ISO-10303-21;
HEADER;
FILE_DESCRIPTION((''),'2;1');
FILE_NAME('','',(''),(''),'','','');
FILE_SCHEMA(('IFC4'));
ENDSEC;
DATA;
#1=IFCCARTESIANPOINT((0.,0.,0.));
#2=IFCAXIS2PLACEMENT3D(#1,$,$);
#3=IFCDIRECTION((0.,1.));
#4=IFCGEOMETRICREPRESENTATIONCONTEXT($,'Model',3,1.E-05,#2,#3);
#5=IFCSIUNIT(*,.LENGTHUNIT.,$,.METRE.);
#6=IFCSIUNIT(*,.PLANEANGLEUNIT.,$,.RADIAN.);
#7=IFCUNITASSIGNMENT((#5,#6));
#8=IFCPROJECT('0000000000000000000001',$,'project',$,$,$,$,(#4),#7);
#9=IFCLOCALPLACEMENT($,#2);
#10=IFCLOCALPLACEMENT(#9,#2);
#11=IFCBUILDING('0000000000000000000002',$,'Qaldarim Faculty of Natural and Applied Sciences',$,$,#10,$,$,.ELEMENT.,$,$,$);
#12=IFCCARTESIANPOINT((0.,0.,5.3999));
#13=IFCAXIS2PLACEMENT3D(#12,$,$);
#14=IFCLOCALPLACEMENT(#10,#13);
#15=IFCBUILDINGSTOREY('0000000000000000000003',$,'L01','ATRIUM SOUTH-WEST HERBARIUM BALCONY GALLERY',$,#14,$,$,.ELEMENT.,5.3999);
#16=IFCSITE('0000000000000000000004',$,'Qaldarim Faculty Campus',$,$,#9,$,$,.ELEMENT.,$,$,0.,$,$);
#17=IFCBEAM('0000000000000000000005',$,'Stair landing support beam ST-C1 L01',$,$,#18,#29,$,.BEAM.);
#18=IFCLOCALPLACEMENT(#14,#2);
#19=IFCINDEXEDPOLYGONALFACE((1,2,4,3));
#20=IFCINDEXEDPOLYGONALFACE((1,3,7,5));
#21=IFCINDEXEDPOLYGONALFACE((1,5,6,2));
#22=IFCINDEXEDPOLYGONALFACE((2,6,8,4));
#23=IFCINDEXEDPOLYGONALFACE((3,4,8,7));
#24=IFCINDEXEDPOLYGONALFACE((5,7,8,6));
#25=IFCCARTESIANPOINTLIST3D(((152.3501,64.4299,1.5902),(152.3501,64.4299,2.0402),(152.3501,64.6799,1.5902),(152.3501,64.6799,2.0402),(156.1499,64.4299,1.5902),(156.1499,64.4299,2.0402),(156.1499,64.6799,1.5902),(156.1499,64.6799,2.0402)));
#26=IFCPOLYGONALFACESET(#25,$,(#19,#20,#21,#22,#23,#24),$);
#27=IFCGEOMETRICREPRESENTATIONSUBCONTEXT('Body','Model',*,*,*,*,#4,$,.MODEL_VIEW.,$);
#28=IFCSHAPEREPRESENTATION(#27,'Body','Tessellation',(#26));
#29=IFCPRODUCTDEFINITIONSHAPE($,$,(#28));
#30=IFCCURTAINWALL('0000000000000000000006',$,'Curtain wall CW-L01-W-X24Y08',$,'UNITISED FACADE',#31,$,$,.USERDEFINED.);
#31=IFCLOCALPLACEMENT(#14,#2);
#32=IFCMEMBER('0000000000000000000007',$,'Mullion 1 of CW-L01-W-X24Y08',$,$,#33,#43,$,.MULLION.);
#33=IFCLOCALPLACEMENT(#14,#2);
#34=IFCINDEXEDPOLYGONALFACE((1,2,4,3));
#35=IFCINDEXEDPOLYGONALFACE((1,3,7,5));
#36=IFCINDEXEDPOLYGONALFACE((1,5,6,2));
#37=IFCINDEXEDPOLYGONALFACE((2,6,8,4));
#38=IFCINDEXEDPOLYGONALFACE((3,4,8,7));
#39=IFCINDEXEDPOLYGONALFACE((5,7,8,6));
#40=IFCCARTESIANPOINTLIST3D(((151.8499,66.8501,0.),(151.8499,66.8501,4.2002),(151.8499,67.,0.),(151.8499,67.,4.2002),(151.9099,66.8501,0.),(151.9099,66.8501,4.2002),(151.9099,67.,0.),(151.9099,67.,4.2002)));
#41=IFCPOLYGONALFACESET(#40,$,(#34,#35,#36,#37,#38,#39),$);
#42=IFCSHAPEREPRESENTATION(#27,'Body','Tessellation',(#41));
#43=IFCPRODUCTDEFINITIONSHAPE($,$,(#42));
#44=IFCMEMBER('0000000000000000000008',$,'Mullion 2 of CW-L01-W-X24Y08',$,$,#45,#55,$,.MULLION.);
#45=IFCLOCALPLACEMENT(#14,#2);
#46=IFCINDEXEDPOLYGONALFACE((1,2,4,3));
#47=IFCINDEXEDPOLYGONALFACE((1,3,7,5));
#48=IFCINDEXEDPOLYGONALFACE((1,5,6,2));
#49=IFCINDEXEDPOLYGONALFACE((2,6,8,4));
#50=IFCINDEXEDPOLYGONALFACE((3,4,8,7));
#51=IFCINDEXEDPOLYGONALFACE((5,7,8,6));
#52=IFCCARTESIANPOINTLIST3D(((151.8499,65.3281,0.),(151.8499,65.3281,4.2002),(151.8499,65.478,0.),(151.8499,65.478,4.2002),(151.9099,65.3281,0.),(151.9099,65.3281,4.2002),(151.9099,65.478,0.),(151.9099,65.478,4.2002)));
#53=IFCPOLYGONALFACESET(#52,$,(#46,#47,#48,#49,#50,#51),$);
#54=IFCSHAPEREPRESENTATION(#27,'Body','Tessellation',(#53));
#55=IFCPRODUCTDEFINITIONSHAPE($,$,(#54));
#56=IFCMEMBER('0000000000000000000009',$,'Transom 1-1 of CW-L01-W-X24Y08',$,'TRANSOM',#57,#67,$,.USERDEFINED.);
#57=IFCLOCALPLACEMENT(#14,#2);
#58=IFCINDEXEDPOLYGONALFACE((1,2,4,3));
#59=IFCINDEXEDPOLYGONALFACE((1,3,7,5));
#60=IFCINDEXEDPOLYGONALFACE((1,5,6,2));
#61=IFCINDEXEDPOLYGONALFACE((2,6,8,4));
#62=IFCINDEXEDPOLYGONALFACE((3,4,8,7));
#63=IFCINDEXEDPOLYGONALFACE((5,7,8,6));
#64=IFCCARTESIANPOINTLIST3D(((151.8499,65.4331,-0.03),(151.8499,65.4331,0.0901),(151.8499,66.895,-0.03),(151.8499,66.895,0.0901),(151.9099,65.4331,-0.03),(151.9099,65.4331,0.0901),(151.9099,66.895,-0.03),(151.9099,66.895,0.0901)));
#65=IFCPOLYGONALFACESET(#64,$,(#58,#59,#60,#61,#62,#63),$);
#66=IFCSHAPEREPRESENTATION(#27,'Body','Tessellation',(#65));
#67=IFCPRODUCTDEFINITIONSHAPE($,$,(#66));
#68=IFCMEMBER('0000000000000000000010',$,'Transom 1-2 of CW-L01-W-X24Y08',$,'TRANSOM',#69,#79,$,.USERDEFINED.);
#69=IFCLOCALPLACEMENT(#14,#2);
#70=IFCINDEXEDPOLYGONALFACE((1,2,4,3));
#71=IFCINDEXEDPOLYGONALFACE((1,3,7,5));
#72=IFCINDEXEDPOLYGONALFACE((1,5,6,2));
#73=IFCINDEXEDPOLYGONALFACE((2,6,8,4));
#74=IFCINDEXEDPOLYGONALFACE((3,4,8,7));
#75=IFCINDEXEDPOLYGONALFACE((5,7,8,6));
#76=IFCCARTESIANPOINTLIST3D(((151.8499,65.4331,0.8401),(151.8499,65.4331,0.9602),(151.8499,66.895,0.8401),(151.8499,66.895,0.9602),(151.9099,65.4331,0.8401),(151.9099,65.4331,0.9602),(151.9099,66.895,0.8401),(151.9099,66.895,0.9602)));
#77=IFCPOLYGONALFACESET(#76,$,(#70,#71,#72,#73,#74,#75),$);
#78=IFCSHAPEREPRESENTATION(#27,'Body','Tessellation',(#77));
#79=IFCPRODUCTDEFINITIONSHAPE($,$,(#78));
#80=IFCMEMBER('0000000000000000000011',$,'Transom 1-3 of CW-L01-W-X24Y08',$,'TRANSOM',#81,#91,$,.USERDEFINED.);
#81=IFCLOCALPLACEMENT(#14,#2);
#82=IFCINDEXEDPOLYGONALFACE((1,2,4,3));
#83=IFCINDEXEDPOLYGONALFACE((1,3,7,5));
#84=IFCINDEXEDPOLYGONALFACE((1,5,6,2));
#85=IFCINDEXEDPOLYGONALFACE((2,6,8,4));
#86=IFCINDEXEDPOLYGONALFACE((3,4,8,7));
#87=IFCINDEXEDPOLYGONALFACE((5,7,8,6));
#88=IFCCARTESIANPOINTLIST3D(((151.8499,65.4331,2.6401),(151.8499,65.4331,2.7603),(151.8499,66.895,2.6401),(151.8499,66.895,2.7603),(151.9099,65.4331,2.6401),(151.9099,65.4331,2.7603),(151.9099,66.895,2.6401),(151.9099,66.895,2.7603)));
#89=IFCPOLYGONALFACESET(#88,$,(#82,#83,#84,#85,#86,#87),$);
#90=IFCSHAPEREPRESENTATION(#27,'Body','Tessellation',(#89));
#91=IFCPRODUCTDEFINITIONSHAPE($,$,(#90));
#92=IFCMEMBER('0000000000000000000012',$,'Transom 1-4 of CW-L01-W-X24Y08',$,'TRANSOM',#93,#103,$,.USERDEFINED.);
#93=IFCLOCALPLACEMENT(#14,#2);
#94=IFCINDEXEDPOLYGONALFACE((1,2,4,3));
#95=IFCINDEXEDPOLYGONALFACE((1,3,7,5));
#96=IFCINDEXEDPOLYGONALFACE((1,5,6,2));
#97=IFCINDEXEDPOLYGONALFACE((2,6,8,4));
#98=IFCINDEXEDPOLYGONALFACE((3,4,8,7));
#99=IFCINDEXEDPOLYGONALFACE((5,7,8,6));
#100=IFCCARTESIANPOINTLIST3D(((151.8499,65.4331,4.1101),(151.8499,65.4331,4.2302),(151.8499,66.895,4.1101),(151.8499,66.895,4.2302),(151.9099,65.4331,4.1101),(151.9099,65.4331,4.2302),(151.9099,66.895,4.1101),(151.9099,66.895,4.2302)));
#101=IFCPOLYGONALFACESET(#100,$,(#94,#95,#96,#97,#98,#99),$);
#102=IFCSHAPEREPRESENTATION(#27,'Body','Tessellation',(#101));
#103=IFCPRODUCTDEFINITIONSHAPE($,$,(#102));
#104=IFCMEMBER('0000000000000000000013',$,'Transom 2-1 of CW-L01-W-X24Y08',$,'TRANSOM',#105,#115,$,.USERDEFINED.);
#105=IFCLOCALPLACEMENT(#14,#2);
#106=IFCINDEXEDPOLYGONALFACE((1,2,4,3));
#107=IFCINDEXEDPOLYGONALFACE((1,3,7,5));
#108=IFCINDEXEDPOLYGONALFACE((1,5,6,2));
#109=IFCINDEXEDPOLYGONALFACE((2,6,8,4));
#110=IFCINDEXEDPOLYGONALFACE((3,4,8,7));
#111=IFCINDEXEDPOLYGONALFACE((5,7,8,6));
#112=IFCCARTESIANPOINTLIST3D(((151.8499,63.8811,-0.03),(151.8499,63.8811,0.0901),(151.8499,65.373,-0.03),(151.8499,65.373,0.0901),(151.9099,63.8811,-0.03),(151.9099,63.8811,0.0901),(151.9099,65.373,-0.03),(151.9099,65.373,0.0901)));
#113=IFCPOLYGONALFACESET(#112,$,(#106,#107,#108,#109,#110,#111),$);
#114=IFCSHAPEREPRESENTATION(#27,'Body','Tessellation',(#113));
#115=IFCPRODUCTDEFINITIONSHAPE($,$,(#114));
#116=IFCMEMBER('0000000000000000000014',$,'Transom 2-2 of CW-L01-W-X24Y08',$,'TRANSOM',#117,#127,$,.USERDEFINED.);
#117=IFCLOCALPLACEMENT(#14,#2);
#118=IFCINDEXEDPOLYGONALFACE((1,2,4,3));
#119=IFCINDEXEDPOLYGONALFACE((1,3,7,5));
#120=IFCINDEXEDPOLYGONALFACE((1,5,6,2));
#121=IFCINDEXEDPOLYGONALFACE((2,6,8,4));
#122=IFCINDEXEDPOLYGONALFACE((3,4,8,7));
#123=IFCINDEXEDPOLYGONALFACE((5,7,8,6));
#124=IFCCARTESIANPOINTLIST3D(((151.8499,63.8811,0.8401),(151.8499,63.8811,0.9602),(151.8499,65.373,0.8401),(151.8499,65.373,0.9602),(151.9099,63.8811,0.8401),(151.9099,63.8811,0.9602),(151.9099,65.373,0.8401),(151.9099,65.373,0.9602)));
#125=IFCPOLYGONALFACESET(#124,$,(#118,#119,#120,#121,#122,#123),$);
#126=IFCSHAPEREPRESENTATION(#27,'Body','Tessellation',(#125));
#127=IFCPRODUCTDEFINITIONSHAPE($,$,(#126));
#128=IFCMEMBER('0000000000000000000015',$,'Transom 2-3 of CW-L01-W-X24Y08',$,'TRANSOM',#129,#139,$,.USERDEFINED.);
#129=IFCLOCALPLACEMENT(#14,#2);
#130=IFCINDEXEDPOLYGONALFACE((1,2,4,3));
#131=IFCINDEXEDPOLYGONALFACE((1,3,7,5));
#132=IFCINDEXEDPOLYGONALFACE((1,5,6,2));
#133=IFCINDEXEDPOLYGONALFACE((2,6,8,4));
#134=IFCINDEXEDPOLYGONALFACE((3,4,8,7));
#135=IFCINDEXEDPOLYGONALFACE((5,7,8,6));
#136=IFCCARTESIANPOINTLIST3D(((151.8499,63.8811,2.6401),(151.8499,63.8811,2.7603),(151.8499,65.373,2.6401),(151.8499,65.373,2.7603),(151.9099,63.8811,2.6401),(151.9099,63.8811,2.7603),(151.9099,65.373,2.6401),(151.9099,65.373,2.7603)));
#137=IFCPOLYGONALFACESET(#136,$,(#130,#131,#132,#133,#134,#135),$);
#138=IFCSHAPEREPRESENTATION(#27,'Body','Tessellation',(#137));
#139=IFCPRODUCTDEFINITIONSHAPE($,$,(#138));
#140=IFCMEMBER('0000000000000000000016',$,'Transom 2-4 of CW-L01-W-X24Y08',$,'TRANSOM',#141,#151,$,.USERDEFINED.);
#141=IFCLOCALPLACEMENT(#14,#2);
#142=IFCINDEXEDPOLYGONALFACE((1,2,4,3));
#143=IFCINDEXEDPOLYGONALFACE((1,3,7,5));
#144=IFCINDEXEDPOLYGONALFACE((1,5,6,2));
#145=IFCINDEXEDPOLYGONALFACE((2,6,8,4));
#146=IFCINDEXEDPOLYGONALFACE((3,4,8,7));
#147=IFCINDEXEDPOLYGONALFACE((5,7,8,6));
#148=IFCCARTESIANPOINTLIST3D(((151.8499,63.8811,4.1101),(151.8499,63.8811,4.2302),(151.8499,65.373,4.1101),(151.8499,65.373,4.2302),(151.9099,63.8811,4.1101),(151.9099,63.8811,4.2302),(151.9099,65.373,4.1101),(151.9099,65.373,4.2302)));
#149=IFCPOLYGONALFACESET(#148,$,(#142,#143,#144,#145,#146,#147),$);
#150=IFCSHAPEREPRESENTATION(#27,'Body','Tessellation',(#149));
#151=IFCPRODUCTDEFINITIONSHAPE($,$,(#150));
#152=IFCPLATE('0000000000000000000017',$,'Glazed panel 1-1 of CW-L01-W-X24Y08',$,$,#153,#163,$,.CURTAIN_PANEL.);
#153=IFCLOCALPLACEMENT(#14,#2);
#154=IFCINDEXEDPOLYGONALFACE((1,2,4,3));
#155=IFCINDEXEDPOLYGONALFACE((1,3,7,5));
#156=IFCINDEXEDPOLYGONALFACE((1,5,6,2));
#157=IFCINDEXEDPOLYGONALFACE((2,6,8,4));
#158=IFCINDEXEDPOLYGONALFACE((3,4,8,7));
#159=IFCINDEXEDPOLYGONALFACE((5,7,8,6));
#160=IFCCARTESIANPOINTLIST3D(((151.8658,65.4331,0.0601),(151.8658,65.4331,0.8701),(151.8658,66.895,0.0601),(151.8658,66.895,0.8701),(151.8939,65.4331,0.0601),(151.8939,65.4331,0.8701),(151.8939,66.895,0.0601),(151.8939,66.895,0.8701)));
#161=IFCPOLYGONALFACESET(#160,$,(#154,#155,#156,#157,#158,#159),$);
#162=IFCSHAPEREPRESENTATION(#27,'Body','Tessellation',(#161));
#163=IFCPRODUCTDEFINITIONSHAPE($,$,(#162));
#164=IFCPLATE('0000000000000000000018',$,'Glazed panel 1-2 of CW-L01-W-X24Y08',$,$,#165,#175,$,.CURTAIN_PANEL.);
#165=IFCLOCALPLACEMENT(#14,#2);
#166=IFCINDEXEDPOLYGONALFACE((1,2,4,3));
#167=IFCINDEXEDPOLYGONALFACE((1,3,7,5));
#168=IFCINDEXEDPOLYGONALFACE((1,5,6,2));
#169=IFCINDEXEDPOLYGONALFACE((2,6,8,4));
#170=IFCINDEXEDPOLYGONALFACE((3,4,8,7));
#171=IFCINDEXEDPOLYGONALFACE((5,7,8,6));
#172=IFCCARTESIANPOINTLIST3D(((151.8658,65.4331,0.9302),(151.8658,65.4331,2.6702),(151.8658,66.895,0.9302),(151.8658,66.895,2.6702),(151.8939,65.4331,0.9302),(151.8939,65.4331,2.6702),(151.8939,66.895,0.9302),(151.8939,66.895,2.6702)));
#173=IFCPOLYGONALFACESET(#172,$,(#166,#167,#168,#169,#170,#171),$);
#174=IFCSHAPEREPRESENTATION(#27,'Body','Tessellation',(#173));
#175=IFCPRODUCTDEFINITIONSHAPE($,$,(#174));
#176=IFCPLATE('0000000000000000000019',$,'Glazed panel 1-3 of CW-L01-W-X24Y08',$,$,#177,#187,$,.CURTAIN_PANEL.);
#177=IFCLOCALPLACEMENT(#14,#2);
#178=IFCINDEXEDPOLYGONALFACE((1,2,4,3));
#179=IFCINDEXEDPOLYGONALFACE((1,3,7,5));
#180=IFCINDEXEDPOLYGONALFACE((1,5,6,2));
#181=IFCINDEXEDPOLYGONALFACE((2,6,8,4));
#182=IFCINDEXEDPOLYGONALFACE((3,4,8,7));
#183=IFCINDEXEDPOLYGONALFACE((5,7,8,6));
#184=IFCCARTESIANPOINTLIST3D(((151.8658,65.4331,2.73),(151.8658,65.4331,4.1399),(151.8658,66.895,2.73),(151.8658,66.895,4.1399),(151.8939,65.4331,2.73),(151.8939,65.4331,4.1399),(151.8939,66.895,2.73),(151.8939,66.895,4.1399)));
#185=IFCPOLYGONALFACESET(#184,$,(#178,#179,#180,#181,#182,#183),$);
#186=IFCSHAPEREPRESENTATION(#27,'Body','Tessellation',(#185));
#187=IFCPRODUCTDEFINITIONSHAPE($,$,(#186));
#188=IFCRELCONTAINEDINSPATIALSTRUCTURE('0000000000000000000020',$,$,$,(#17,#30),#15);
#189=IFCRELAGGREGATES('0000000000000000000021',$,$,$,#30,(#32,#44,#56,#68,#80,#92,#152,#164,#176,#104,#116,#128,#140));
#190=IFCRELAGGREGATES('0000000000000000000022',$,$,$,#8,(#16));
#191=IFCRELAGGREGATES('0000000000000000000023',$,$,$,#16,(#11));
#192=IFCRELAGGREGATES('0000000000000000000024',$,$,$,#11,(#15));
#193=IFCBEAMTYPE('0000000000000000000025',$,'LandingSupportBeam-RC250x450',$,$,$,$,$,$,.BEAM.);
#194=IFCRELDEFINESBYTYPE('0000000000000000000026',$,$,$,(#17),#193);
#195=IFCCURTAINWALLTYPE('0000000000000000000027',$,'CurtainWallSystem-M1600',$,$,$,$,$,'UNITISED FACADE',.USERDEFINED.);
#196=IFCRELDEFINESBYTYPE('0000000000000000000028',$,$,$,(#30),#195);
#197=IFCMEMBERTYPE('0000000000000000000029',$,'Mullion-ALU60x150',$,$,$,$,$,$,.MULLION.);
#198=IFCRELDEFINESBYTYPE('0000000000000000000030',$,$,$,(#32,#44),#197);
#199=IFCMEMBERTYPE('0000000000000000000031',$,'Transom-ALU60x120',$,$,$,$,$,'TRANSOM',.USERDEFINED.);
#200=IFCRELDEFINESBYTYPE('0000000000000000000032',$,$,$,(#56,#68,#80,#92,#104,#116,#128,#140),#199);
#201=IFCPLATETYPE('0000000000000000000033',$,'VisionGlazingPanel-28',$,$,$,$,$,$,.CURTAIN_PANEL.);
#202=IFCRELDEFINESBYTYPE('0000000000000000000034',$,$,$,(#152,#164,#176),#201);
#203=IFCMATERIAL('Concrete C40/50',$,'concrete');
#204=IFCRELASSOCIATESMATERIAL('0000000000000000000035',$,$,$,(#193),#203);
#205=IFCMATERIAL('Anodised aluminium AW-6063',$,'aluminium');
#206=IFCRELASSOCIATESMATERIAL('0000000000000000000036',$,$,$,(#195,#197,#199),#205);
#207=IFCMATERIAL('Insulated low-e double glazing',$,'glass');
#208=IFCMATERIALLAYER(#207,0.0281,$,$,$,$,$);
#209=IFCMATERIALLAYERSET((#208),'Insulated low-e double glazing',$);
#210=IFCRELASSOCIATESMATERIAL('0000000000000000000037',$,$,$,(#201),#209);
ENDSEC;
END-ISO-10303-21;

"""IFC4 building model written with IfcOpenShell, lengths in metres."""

from ifc_helpers import new_model, si_unit, direction, frame, origin, origin_2d, place, context, subcontext, project, spatial, rectangle, extrude, material, layer, layer_set, material_profile, profile_set, type_object, element, aggregate, save


model = new_model("IFC4")

# Units and contexts
model_context = context("Model", 3, precision=1e-05, world=origin(), true_north=direction((0.0, 1.0)))
body_context = subcontext(model_context, "Body", "Model", "MODEL_VIEW")
ifc_project = project(units=[si_unit("LENGTHUNIT", "METRE"), si_unit("PLANEANGLEUNIT", "RADIAN")], contexts=[model_context])

# Site, building, storey
site_placement = place(None, origin())
site = spatial("IfcSite", under=ifc_project, at=site_placement, Name="Qaldarim Faculty Campus", CompositionType="ELEMENT", RefElevation=0.0)
building_placement = place(site_placement, origin())
building = spatial("IfcBuilding", under=site, at=building_placement, Name="Qaldarim Faculty of Natural and Applied Sciences", CompositionType="ELEMENT")
storey_placement = place(building_placement, frame((0.0, 0.0, 5.3999)))
storey = spatial("IfcBuildingStorey", under=building, at=storey_placement, Name="L01", Description="ATRIUM SOUTH-WEST HERBARIUM BALCONY GALLERY", CompositionType="ELEMENT", Elevation=5.3999)

# Beam
ifc_material_1 = material(Name="Concrete C40/50", Category="concrete")
ifc_material_profile_1 = material_profile(ifc_material_1, rectangle(XDim=0.25, YDim=0.45, at=origin_2d()), Name="RC-LN250x450")
ifc_profile_set_1 = profile_set([ifc_material_profile_1], Name="Concrete C40/50")
beam_type = type_object("IfcBeamType", Name="LandingSupportBeam-RC250x450", PredefinedType="BEAM", material=ifc_profile_set_1)
beam_placement = place(storey_placement, frame((152.3501, 64.5549, 1.8152), z_axis=(1.0, 0.0, 0.0), x_axis=(0.0, 1.0, 0.0)))
element("IfcBeam", 1, at=beam_placement, inside=storey, type_object=beam_type, Name="Stair landing support beam ST-C1 L01", PredefinedType="BEAM", context=body_context, shape_type="SweptSolid", body=[
    extrude(rectangle(XDim=0.25, YDim=0.45, at=origin_2d()), origin(), (0.0, 0.0, 1.0), 3.7998),
])

# Curtain wall, members, plates
ifc_material_2 = material(Name="Anodised aluminium AW-6063", Category="aluminium")
curtain_wall_type = type_object("IfcCurtainWallType", Name="CurtainWallSystem-M1600", ElementType="UNITISED FACADE", PredefinedType="USERDEFINED", material=ifc_material_2)
curtain_wall_placement = place(storey_placement, origin())
curtain_wall = element("IfcCurtainWall", 2, at=curtain_wall_placement, inside=storey, type_object=curtain_wall_type, Name="Curtain wall CW-L01-W-X24Y08", ObjectType="UNITISED FACADE", PredefinedType="USERDEFINED")
ifc_material_profile_2 = material_profile(ifc_material_2, rectangle(XDim=0.0601, YDim=0.1499, at=origin_2d()), Name="ALU-M60x150")
ifc_profile_set_2 = profile_set([ifc_material_profile_2], Name="Anodised aluminium AW-6063")
member_type_1 = type_object("IfcMemberType", Name="Mullion-ALU60x150", PredefinedType="MULLION", material=ifc_profile_set_2)
member_1_placement = place(storey_placement, frame((151.8799, 66.925, 0.0), z_axis=(0.0, 0.0, 1.0), x_axis=(1.0, 0.0, 0.0)))
member_1 = element("IfcMember", 3, at=member_1_placement, type_object=member_type_1, Name="Mullion 1 of CW-L01-W-X24Y08", PredefinedType="MULLION", context=body_context, shape_type="SweptSolid", body=[
    extrude(rectangle(XDim=0.0601, YDim=0.1499, at=origin_2d()), origin(), (0.0, 0.0, 1.0), 4.2002),
])
member_2_placement = place(storey_placement, frame((151.8799, 65.4031, 0.0), z_axis=(0.0, 0.0, 1.0), x_axis=(1.0, 0.0, 0.0)))
member_2 = element("IfcMember", 4, at=member_2_placement, type_object=member_type_1, Name="Mullion 2 of CW-L01-W-X24Y08", PredefinedType="MULLION", context=body_context, shape_type="SweptSolid", body=[
    extrude(rectangle(XDim=0.0601, YDim=0.1499, at=origin_2d()), origin(), (0.0, 0.0, 1.0), 4.2002),
])
ifc_material_profile_3 = material_profile(ifc_material_2, rectangle(XDim=0.0601, YDim=0.1201, at=origin_2d()), Name="ALU-T60x120")
ifc_profile_set_3 = profile_set([ifc_material_profile_3], Name="Anodised aluminium AW-6063")
member_type_2 = type_object("IfcMemberType", Name="Transom-ALU60x120", ElementType="TRANSOM", PredefinedType="USERDEFINED", material=ifc_profile_set_3)
member_3_placement = place(storey_placement, frame((151.8799, 66.895, 0.03), z_axis=(0.0, -1.0, 0.0), x_axis=(1.0, 0.0, 0.0)))
member_3 = element("IfcMember", 5, at=member_3_placement, type_object=member_type_2, Name="Transom 1-1 of CW-L01-W-X24Y08", ObjectType="TRANSOM", PredefinedType="USERDEFINED", context=body_context, shape_type="SweptSolid", body=[
    extrude(rectangle(XDim=0.0601, YDim=0.1201, at=origin_2d()), origin(), (0.0, 0.0, 1.0), 1.4619),
])
member_4_placement = place(storey_placement, frame((151.8799, 66.895, 0.9001), z_axis=(0.0, -1.0, 0.0), x_axis=(1.0, 0.0, 0.0)))
member_4 = element("IfcMember", 6, at=member_4_placement, type_object=member_type_2, Name="Transom 1-2 of CW-L01-W-X24Y08", ObjectType="TRANSOM", PredefinedType="USERDEFINED", context=body_context, shape_type="SweptSolid", body=[
    extrude(rectangle(XDim=0.0601, YDim=0.1201, at=origin_2d()), origin(), (0.0, 0.0, 1.0), 1.4619),
])
member_5_placement = place(storey_placement, frame((151.8799, 66.895, 2.7002), z_axis=(0.0, -1.0, 0.0), x_axis=(1.0, 0.0, 0.0)))
member_5 = element("IfcMember", 7, at=member_5_placement, type_object=member_type_2, Name="Transom 1-3 of CW-L01-W-X24Y08", ObjectType="TRANSOM", PredefinedType="USERDEFINED", context=body_context, shape_type="SweptSolid", body=[
    extrude(rectangle(XDim=0.0601, YDim=0.1201, at=origin_2d()), origin(), (0.0, 0.0, 1.0), 1.4619),
])
member_6_placement = place(storey_placement, frame((151.8799, 66.895, 4.1702), z_axis=(0.0, -1.0, 0.0), x_axis=(1.0, 0.0, 0.0)))
member_6 = element("IfcMember", 8, at=member_6_placement, type_object=member_type_2, Name="Transom 1-4 of CW-L01-W-X24Y08", ObjectType="TRANSOM", PredefinedType="USERDEFINED", context=body_context, shape_type="SweptSolid", body=[
    extrude(rectangle(XDim=0.0601, YDim=0.1201, at=origin_2d()), origin(), (0.0, 0.0, 1.0), 1.4619),
])
member_7_placement = place(storey_placement, frame((151.8799, 65.373, 0.03), z_axis=(0.0, -1.0, 0.0), x_axis=(1.0, 0.0, 0.0)))
member_7 = element("IfcMember", 9, at=member_7_placement, type_object=member_type_2, Name="Transom 2-1 of CW-L01-W-X24Y08", ObjectType="TRANSOM", PredefinedType="USERDEFINED", context=body_context, shape_type="SweptSolid", body=[
    extrude(rectangle(XDim=0.0601, YDim=0.1201, at=origin_2d()), origin(), (0.0, 0.0, 1.0), 1.4919),
])
member_8_placement = place(storey_placement, frame((151.8799, 65.373, 0.9001), z_axis=(0.0, -1.0, 0.0), x_axis=(1.0, 0.0, 0.0)))
member_8 = element("IfcMember", 10, at=member_8_placement, type_object=member_type_2, Name="Transom 2-2 of CW-L01-W-X24Y08", ObjectType="TRANSOM", PredefinedType="USERDEFINED", context=body_context, shape_type="SweptSolid", body=[
    extrude(rectangle(XDim=0.0601, YDim=0.1201, at=origin_2d()), origin(), (0.0, 0.0, 1.0), 1.4919),
])
member_9_placement = place(storey_placement, frame((151.8799, 65.373, 2.7002), z_axis=(0.0, -1.0, 0.0), x_axis=(1.0, 0.0, 0.0)))
member_9 = element("IfcMember", 11, at=member_9_placement, type_object=member_type_2, Name="Transom 2-3 of CW-L01-W-X24Y08", ObjectType="TRANSOM", PredefinedType="USERDEFINED", context=body_context, shape_type="SweptSolid", body=[
    extrude(rectangle(XDim=0.0601, YDim=0.1201, at=origin_2d()), origin(), (0.0, 0.0, 1.0), 1.4919),
])
member_10_placement = place(storey_placement, frame((151.8799, 65.373, 4.1702), z_axis=(0.0, -1.0, 0.0), x_axis=(1.0, 0.0, 0.0)))
member_10 = element("IfcMember", 12, at=member_10_placement, type_object=member_type_2, Name="Transom 2-4 of CW-L01-W-X24Y08", ObjectType="TRANSOM", PredefinedType="USERDEFINED", context=body_context, shape_type="SweptSolid", body=[
    extrude(rectangle(XDim=0.0601, YDim=0.1201, at=origin_2d()), origin(), (0.0, 0.0, 1.0), 1.4919),
])
ifc_material_3 = material(Name="Insulated low-e double glazing", Category="glass")
ifc_layer_1 = layer(ifc_material_3, 0.0281)
ifc_layer_set_1 = layer_set([ifc_layer_1], Name="Insulated low-e double glazing")
plate_type = type_object("IfcPlateType", Name="VisionGlazingPanel-28", PredefinedType="CURTAIN_PANEL", material=ifc_layer_set_1)
plate_1_placement = place(storey_placement, frame((151.8799, 66.1641, 0.0601), z_axis=(0.0, 0.0, 1.0), x_axis=(0.0, -1.0, 0.0)))
plate_1 = element("IfcPlate", 13, at=plate_1_placement, type_object=plate_type, Name="Glazed panel 1-1 of CW-L01-W-X24Y08", PredefinedType="CURTAIN_PANEL", context=body_context, shape_type="SweptSolid", body=[
    extrude(rectangle(XDim=1.4619, YDim=0.0281, at=origin_2d()), origin(), (0.0, 0.0, 1.0), 0.8101),
])
plate_2_placement = place(storey_placement, frame((151.8799, 66.1641, 0.9302), z_axis=(0.0, 0.0, 1.0), x_axis=(0.0, -1.0, 0.0)))
plate_2 = element("IfcPlate", 14, at=plate_2_placement, type_object=plate_type, Name="Glazed panel 1-2 of CW-L01-W-X24Y08", PredefinedType="CURTAIN_PANEL", context=body_context, shape_type="SweptSolid", body=[
    extrude(rectangle(XDim=1.4619, YDim=0.0281, at=origin_2d()), origin(), (0.0, 0.0, 1.0), 1.74),
])
plate_3_placement = place(storey_placement, frame((151.8799, 66.1641, 2.73), z_axis=(0.0, 0.0, 1.0), x_axis=(0.0, -1.0, 0.0)))
plate_3 = element("IfcPlate", 15, at=plate_3_placement, type_object=plate_type, Name="Glazed panel 1-3 of CW-L01-W-X24Y08", PredefinedType="CURTAIN_PANEL", context=body_context, shape_type="SweptSolid", body=[
    extrude(rectangle(XDim=1.4619, YDim=0.0281, at=origin_2d()), origin(), (0.0, 0.0, 1.0), 1.4099),
])
aggregate(curtain_wall, [member_1, member_2, member_3, member_4, member_5, member_6, plate_1, plate_2, plate_3, member_7, member_8, member_9, member_10])

save(model, "model.ifc")
